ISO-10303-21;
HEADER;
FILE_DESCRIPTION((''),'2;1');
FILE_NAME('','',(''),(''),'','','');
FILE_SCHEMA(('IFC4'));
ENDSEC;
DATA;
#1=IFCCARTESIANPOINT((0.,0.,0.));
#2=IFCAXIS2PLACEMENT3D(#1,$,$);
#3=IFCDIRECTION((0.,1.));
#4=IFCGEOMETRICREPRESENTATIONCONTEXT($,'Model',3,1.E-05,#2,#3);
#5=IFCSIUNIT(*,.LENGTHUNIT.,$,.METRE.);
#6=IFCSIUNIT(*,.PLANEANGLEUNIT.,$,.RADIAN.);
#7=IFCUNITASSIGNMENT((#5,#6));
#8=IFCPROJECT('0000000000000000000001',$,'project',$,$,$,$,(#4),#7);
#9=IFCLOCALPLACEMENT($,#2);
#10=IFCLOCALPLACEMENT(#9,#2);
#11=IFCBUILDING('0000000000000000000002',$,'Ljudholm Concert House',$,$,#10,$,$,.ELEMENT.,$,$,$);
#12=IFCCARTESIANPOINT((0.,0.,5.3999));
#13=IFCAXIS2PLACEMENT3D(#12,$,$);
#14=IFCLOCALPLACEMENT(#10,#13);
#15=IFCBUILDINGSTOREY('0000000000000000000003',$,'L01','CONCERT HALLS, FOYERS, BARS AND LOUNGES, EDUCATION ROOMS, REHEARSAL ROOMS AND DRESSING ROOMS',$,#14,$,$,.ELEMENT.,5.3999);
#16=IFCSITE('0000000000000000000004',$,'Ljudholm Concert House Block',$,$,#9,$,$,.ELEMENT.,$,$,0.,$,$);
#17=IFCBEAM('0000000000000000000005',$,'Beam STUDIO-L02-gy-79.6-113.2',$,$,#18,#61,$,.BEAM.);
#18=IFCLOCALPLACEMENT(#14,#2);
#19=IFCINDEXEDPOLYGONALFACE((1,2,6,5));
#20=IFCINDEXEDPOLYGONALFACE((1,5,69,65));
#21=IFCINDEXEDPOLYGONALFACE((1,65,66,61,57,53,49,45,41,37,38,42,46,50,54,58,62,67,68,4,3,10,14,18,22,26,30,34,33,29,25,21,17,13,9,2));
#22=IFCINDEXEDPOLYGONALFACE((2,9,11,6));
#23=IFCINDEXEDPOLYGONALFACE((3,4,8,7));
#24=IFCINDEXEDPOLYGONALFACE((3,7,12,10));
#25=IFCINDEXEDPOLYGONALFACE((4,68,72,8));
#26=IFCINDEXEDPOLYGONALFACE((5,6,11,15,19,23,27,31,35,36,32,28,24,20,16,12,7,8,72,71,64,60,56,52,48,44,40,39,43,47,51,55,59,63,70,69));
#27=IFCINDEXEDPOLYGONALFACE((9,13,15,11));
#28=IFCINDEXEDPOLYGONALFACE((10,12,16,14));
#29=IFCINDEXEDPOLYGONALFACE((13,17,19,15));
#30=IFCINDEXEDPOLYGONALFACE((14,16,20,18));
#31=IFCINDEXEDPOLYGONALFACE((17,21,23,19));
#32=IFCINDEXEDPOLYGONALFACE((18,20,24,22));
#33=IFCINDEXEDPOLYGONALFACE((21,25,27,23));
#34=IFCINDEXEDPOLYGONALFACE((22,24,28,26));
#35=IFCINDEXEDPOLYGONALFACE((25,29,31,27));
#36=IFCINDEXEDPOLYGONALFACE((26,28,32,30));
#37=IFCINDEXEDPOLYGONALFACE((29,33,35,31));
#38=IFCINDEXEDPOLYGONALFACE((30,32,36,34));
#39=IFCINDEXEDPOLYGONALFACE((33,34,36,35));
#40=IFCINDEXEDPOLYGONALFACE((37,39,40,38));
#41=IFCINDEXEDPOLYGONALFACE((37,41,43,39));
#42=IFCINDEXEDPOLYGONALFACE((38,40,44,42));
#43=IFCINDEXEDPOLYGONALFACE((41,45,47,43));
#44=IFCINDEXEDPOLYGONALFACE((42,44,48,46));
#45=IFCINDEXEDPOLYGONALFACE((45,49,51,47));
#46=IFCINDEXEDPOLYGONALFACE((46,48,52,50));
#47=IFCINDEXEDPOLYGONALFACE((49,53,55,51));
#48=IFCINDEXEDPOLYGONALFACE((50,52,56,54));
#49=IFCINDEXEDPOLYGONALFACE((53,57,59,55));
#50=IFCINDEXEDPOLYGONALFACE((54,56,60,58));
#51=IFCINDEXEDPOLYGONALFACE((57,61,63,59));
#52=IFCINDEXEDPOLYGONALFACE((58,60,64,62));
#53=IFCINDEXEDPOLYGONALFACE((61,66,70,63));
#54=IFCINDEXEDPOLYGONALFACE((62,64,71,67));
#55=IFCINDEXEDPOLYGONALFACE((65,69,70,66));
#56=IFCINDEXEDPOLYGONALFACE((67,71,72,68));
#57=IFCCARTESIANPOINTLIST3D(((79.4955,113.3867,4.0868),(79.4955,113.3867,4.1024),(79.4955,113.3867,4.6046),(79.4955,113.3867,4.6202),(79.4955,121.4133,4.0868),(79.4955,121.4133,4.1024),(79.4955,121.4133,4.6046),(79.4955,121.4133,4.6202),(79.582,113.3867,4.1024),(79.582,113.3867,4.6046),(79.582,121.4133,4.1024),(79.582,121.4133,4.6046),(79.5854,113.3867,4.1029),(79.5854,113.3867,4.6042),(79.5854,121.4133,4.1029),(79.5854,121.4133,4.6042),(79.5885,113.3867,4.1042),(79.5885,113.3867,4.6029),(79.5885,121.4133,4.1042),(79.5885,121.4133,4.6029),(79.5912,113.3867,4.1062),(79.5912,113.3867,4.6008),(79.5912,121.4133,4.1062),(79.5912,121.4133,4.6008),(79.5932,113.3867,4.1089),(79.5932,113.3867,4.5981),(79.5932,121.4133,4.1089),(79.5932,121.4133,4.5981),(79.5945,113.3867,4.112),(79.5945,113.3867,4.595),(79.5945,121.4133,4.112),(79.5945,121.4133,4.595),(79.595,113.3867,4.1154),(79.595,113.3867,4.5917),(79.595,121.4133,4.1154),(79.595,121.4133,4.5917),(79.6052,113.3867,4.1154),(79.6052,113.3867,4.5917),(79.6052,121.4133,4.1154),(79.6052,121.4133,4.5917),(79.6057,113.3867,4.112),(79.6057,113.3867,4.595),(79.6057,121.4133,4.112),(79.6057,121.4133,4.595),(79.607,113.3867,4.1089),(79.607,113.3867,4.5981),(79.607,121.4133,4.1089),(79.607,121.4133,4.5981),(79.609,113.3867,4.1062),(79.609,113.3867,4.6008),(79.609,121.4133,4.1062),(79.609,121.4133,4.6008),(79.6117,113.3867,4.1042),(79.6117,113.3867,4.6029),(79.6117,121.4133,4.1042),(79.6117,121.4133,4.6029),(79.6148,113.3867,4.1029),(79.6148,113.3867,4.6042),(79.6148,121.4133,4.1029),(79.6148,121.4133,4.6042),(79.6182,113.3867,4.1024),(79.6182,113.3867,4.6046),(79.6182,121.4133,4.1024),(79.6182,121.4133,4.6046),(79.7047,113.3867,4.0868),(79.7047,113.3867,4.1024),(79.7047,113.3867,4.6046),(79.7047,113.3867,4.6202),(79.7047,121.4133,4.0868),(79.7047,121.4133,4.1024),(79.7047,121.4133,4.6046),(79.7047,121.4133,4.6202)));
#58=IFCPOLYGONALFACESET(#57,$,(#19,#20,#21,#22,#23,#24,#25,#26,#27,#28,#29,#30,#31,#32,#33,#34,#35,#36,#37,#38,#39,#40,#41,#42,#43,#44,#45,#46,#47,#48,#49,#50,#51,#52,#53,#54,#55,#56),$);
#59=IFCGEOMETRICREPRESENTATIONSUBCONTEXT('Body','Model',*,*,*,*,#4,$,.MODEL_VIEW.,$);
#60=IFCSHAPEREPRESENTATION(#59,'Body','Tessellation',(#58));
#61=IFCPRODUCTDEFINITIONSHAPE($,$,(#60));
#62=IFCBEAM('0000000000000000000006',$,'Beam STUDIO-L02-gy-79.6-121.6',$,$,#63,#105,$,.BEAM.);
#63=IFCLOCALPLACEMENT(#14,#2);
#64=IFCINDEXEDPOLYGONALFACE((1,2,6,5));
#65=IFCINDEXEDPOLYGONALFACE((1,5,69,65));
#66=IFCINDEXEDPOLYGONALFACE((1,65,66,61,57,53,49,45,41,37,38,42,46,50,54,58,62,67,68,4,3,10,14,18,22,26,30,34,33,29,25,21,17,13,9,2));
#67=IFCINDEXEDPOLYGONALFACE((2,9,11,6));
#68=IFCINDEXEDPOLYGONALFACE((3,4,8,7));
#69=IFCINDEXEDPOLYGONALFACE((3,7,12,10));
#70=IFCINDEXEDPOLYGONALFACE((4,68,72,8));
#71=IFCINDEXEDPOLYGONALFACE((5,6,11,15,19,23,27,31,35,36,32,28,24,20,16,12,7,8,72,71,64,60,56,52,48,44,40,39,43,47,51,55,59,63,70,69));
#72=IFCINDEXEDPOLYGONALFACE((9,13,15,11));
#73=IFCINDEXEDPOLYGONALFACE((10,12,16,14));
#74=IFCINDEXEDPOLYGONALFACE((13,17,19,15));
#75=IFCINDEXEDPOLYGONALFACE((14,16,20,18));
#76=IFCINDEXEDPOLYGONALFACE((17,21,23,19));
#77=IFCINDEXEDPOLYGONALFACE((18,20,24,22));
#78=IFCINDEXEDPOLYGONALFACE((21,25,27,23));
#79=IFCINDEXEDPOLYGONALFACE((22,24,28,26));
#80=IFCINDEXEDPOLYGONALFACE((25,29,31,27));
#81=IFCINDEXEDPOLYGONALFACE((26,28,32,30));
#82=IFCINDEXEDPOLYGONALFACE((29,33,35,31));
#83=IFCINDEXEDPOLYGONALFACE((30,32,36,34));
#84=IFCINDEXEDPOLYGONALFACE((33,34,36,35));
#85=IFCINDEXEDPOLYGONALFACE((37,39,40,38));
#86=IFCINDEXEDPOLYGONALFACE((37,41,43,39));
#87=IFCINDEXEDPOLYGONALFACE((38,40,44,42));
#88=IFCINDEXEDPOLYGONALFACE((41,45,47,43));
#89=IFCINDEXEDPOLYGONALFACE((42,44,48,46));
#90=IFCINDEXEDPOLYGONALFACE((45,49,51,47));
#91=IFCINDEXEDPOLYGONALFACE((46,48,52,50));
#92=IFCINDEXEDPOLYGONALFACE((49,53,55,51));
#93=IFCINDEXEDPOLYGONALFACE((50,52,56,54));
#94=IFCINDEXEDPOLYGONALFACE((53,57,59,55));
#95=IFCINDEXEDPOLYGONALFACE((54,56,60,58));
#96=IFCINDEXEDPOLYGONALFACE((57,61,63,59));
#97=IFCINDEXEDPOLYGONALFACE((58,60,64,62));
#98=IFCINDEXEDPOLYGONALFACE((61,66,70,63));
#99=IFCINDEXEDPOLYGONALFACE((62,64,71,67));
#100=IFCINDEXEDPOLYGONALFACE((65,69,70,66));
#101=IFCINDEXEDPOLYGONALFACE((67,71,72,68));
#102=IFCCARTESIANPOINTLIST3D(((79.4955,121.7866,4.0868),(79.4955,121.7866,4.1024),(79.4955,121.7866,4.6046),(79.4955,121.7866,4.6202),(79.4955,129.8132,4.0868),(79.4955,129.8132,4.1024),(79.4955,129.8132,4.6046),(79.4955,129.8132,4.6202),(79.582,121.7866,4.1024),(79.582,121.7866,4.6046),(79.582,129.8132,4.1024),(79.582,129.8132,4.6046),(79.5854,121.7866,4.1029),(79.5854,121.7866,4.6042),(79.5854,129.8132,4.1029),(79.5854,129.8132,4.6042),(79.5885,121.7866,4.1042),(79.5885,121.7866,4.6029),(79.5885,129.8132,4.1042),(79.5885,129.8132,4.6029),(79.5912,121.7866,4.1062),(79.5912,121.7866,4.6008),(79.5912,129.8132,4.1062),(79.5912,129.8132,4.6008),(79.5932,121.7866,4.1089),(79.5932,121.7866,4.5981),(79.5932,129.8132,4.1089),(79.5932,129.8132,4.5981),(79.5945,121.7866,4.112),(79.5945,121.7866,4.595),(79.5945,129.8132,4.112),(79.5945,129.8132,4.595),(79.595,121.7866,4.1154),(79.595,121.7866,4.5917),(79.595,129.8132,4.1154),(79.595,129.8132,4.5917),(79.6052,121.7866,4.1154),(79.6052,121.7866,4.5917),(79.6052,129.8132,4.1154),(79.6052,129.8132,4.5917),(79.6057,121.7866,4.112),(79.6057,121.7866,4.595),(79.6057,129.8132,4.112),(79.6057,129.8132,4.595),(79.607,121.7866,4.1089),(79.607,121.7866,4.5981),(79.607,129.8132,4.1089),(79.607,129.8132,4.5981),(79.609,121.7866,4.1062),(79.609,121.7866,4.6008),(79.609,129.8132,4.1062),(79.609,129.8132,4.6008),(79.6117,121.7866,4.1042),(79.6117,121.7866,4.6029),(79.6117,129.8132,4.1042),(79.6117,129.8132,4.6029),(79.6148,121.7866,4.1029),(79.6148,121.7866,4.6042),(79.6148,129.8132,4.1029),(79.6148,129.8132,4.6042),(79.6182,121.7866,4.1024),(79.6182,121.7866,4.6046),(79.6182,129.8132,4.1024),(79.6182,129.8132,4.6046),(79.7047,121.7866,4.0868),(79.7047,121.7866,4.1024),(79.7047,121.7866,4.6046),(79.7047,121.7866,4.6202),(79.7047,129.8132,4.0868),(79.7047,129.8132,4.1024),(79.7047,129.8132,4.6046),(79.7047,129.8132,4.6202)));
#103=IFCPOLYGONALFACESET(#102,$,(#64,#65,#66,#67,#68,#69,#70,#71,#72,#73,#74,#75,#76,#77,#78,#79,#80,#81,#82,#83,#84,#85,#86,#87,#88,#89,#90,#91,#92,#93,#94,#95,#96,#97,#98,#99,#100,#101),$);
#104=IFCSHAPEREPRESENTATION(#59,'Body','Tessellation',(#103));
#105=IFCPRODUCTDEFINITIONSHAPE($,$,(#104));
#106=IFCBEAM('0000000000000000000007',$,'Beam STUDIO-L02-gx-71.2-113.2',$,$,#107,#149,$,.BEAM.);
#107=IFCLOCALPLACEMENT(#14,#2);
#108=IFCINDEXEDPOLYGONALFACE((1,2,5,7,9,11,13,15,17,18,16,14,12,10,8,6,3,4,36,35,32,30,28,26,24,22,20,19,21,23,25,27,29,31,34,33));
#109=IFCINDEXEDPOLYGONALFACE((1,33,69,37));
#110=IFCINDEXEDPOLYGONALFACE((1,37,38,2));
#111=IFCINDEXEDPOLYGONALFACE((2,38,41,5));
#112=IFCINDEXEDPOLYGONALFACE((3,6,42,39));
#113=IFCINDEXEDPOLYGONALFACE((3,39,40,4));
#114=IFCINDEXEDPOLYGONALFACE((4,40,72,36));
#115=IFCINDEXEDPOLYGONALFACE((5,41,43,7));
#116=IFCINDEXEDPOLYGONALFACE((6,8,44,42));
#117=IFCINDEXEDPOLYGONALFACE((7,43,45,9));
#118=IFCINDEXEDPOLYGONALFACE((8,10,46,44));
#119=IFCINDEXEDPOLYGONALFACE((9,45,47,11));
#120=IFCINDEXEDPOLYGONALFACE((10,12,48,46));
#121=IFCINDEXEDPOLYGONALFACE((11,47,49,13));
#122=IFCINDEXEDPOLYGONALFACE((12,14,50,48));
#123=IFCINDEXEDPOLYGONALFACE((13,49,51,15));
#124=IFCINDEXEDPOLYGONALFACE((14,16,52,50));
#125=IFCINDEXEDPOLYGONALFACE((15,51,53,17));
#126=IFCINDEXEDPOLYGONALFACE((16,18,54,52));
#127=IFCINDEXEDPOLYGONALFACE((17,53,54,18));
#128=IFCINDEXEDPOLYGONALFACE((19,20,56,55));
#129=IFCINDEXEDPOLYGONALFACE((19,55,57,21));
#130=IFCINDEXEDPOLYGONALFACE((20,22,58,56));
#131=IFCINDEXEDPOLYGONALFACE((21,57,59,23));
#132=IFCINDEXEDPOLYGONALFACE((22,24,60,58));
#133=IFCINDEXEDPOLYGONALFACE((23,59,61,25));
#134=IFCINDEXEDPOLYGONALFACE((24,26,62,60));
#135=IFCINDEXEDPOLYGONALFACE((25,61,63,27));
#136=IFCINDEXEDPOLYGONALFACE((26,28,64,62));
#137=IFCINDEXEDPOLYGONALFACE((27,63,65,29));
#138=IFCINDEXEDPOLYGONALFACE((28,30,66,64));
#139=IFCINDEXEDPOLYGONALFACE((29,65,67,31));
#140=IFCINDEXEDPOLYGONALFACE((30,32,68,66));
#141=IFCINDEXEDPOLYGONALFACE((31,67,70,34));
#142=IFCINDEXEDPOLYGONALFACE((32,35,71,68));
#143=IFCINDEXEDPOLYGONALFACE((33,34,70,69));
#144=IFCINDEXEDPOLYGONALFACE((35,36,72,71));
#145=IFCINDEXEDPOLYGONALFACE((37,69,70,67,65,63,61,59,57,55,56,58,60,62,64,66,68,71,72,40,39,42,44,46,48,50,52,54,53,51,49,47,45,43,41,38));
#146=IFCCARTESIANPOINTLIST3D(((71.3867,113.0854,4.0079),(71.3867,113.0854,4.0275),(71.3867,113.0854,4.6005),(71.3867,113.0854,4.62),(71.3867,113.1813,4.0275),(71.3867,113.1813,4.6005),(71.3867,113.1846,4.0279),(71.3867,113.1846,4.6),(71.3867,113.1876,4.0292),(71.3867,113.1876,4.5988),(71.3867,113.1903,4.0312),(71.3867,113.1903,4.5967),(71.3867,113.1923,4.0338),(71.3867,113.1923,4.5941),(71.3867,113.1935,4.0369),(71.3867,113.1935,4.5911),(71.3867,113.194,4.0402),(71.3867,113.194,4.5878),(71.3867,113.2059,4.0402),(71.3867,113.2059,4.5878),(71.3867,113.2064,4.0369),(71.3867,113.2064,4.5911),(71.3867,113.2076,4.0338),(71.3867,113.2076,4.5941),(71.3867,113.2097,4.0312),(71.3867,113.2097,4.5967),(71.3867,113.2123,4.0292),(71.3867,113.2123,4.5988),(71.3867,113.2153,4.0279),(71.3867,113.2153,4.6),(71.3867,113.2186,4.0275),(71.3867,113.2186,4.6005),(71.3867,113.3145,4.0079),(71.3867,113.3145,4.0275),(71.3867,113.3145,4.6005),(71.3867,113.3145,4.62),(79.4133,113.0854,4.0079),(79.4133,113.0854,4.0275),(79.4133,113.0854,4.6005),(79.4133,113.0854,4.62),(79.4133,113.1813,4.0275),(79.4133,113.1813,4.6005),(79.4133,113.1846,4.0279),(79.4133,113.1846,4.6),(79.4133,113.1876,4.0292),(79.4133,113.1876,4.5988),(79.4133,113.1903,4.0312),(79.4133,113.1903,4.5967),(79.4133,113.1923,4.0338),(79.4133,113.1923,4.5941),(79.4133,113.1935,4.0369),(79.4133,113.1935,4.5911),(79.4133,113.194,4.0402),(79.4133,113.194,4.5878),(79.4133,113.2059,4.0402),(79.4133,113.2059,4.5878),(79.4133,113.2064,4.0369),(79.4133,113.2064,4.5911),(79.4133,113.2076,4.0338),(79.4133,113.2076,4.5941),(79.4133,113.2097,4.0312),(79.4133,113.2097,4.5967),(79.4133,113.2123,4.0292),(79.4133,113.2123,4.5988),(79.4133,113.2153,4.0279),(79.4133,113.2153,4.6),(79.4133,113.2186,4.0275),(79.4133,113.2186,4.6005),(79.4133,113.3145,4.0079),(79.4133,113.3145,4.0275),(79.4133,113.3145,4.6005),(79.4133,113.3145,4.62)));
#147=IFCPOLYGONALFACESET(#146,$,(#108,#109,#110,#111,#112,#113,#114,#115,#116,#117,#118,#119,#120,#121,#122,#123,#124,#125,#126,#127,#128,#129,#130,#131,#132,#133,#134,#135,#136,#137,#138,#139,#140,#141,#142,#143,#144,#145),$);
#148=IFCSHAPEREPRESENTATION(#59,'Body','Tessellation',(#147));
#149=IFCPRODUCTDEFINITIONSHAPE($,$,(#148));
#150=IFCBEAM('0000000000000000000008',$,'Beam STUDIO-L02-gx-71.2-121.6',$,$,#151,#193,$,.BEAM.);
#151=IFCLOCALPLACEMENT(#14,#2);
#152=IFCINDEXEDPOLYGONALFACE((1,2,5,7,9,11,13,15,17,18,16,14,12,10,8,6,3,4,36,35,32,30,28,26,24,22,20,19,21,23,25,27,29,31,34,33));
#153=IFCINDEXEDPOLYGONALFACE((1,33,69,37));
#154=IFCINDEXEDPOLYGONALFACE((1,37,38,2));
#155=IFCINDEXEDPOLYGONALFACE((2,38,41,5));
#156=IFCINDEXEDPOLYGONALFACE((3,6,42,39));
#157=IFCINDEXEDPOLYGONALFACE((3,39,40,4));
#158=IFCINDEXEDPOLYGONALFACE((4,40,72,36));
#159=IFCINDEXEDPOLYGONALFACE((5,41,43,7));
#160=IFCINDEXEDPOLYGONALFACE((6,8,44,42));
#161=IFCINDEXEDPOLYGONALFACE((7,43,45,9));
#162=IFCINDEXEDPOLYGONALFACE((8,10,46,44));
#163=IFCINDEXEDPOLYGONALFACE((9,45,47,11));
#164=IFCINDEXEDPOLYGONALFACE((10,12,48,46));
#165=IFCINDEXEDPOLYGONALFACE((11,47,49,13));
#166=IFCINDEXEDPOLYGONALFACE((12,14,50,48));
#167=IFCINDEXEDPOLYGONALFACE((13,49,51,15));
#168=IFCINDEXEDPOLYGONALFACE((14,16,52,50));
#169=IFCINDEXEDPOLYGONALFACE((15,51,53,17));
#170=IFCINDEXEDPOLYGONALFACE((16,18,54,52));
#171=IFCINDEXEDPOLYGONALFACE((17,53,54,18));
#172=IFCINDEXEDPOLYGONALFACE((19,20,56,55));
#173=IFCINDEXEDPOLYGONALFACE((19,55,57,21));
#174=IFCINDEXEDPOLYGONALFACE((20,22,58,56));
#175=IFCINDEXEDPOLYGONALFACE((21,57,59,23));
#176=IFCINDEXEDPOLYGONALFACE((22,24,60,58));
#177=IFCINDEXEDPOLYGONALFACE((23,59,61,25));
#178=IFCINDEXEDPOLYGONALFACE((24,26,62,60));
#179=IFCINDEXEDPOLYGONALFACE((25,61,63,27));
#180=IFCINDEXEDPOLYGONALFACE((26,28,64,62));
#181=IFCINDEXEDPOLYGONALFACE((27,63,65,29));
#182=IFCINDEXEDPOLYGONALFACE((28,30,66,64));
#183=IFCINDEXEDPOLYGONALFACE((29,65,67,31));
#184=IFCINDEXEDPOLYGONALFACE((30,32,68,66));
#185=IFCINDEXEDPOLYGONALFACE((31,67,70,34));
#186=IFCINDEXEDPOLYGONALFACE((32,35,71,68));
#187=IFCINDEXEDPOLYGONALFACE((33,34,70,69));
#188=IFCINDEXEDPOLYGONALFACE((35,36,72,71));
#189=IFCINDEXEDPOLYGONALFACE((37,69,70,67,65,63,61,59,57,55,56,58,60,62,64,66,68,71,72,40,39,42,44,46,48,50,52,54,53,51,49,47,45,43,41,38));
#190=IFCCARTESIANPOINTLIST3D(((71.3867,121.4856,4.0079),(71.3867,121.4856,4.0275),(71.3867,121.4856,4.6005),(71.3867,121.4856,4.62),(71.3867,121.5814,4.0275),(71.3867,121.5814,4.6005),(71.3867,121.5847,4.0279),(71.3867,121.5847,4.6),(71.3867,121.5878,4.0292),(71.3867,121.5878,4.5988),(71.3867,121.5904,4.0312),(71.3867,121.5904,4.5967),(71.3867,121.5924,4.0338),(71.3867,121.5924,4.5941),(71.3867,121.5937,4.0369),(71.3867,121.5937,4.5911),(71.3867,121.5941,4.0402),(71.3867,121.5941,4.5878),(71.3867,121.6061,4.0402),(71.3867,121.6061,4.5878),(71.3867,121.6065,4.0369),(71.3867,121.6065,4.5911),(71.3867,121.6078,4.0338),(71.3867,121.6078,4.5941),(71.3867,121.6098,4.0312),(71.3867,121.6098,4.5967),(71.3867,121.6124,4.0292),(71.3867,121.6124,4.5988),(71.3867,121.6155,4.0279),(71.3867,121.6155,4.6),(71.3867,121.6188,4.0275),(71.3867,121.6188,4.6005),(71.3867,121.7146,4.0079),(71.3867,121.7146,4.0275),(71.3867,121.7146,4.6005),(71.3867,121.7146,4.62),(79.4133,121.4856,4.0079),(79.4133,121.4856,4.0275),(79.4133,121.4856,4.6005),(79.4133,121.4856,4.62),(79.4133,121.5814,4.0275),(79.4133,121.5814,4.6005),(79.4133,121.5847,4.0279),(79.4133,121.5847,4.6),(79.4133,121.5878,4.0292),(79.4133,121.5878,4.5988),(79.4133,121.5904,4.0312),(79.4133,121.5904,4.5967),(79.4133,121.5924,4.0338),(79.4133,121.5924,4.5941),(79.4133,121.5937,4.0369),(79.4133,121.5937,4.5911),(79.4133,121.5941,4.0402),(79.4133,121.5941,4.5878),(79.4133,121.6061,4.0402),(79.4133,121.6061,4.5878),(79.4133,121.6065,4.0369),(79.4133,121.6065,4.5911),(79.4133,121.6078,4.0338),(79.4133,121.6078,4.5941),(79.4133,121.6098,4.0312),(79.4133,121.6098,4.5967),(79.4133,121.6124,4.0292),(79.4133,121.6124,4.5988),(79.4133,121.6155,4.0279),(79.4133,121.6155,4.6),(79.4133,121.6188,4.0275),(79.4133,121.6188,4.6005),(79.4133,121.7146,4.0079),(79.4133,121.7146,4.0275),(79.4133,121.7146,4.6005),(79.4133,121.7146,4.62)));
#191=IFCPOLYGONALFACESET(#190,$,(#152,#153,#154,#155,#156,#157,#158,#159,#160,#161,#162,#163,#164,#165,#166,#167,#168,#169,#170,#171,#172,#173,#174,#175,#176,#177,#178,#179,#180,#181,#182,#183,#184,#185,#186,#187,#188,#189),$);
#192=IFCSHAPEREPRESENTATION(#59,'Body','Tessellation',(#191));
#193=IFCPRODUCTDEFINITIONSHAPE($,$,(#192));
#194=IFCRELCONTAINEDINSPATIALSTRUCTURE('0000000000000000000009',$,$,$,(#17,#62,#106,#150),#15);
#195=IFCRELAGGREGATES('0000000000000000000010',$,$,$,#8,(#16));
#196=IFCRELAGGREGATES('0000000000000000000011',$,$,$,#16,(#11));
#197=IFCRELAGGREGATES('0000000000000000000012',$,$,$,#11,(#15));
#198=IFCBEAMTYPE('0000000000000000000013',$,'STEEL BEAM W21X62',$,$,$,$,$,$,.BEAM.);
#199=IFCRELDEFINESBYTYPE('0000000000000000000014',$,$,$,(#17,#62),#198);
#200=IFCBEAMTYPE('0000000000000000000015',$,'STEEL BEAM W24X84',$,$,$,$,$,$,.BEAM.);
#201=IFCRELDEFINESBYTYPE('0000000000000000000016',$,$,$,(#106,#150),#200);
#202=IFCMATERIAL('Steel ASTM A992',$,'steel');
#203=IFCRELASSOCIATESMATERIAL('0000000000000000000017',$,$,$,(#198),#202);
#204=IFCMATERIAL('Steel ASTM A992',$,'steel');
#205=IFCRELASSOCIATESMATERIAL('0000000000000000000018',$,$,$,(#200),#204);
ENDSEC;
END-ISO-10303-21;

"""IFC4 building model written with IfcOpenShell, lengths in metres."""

from ifc_helpers import new_model, si_unit, direction, frame, origin, origin_2d, place, context, subcontext, project, spatial, i_section, extrude, material, material_profile, profile_set, type_object, element, save


model = new_model("IFC4")

# Units and contexts
model_context = context("Model", 3, precision=1e-05, world=origin(), true_north=direction((0.0, 1.0)))
body_context = subcontext(model_context, "Body", "Model", "MODEL_VIEW")
ifc_project = project(units=[si_unit("LENGTHUNIT", "METRE"), si_unit("PLANEANGLEUNIT", "RADIAN")], contexts=[model_context])

# Site, building, storey
site_placement = place(None, origin())
site = spatial("IfcSite", under=ifc_project, at=site_placement, Name="Ljudholm Concert House Block", CompositionType="ELEMENT", RefElevation=0.0)
building_placement = place(site_placement, origin())
building = spatial("IfcBuilding", under=site, at=building_placement, Name="Ljudholm Concert House", CompositionType="ELEMENT")
storey_placement = place(building_placement, frame((0.0, 0.0, 5.3999)))
storey = spatial("IfcBuildingStorey", under=building, at=storey_placement, Name="L01", Description="CONCERT HALLS, FOYERS, BARS AND LOUNGES, EDUCATION ROOMS, REHEARSAL ROOMS AND DRESSING ROOMS", CompositionType="ELEMENT", Elevation=5.3999)

# Beams
ifc_material_1 = material(Name="Steel ASTM A992", Category="steel")
ifc_material_profile_1 = material_profile(ifc_material_1, i_section(OverallWidth=0.2092, OverallDepth=0.5334, WebThickness=0.0103, FlangeThickness=0.0156, FilletRadius=0.0129, at=origin_2d()), Name="W21X62")
ifc_profile_set_1 = profile_set([ifc_material_profile_1], Name="Steel ASTM A992")
beam_type_1 = type_object("IfcBeamType", Name="STEEL BEAM W21X62", PredefinedType="BEAM", material=ifc_profile_set_1)
for number, where, z_axis, x_axis, name in (
    (1, (79.6001, 113.3867, 4.3535), (0.0, 1.0, 0.0), (-1.0, 0.0, 0.0), "Beam STUDIO-L02-gy-79.6-113.2"),
    (2, (79.6001, 121.7866, 4.3535), (0.0, 1.0, 0.0), (-1.0, 0.0, 0.0), "Beam STUDIO-L02-gy-79.6-121.6"),
):
    element("IfcBeam", number, at=place(storey_placement, frame(where, z_axis=z_axis, x_axis=x_axis)), inside=storey, type_object=beam_type_1, Name=name, PredefinedType="BEAM", context=body_context, shape_type="SweptSolid", body=[
        extrude(i_section(OverallWidth=0.2092, OverallDepth=0.5334, WebThickness=0.0103, FlangeThickness=0.0156, FilletRadius=0.0129, at=origin_2d()), origin(), (0.0, 0.0, 1.0), 8.0266),
    ])
ifc_material_2 = material(Name="Steel ASTM A992", Category="steel")
ifc_material_profile_2 = material_profile(ifc_material_2, i_section(OverallWidth=0.229, OverallDepth=0.6121, WebThickness=0.012, FlangeThickness=0.0195, FilletRadius=0.0127, at=origin_2d()), Name="W24X84")
ifc_profile_set_2 = profile_set([ifc_material_profile_2], Name="Steel ASTM A992")
beam_type_2 = type_object("IfcBeamType", Name="STEEL BEAM W24X84", PredefinedType="BEAM", material=ifc_profile_set_2)
for number, where, z_axis, x_axis, name in (
    (3, (71.3867, 113.2, 4.314), (1.0, 0.0, 0.0), (0.0, 1.0, 0.0), "Beam STUDIO-L02-gx-71.2-113.2"),
    (4, (71.3867, 121.6001, 4.314), (1.0, 0.0, 0.0), (0.0, 1.0, 0.0), "Beam STUDIO-L02-gx-71.2-121.6"),
):
    element("IfcBeam", number, at=place(storey_placement, frame(where, z_axis=z_axis, x_axis=x_axis)), inside=storey, type_object=beam_type_2, Name=name, PredefinedType="BEAM", context=body_context, shape_type="SweptSolid", body=[
        extrude(i_section(OverallWidth=0.229, OverallDepth=0.6121, WebThickness=0.012, FlangeThickness=0.0195, FilletRadius=0.0127, at=origin_2d()), origin(), (0.0, 0.0, 1.0), 8.0266),
    ])

save(model, "model.ifc")
